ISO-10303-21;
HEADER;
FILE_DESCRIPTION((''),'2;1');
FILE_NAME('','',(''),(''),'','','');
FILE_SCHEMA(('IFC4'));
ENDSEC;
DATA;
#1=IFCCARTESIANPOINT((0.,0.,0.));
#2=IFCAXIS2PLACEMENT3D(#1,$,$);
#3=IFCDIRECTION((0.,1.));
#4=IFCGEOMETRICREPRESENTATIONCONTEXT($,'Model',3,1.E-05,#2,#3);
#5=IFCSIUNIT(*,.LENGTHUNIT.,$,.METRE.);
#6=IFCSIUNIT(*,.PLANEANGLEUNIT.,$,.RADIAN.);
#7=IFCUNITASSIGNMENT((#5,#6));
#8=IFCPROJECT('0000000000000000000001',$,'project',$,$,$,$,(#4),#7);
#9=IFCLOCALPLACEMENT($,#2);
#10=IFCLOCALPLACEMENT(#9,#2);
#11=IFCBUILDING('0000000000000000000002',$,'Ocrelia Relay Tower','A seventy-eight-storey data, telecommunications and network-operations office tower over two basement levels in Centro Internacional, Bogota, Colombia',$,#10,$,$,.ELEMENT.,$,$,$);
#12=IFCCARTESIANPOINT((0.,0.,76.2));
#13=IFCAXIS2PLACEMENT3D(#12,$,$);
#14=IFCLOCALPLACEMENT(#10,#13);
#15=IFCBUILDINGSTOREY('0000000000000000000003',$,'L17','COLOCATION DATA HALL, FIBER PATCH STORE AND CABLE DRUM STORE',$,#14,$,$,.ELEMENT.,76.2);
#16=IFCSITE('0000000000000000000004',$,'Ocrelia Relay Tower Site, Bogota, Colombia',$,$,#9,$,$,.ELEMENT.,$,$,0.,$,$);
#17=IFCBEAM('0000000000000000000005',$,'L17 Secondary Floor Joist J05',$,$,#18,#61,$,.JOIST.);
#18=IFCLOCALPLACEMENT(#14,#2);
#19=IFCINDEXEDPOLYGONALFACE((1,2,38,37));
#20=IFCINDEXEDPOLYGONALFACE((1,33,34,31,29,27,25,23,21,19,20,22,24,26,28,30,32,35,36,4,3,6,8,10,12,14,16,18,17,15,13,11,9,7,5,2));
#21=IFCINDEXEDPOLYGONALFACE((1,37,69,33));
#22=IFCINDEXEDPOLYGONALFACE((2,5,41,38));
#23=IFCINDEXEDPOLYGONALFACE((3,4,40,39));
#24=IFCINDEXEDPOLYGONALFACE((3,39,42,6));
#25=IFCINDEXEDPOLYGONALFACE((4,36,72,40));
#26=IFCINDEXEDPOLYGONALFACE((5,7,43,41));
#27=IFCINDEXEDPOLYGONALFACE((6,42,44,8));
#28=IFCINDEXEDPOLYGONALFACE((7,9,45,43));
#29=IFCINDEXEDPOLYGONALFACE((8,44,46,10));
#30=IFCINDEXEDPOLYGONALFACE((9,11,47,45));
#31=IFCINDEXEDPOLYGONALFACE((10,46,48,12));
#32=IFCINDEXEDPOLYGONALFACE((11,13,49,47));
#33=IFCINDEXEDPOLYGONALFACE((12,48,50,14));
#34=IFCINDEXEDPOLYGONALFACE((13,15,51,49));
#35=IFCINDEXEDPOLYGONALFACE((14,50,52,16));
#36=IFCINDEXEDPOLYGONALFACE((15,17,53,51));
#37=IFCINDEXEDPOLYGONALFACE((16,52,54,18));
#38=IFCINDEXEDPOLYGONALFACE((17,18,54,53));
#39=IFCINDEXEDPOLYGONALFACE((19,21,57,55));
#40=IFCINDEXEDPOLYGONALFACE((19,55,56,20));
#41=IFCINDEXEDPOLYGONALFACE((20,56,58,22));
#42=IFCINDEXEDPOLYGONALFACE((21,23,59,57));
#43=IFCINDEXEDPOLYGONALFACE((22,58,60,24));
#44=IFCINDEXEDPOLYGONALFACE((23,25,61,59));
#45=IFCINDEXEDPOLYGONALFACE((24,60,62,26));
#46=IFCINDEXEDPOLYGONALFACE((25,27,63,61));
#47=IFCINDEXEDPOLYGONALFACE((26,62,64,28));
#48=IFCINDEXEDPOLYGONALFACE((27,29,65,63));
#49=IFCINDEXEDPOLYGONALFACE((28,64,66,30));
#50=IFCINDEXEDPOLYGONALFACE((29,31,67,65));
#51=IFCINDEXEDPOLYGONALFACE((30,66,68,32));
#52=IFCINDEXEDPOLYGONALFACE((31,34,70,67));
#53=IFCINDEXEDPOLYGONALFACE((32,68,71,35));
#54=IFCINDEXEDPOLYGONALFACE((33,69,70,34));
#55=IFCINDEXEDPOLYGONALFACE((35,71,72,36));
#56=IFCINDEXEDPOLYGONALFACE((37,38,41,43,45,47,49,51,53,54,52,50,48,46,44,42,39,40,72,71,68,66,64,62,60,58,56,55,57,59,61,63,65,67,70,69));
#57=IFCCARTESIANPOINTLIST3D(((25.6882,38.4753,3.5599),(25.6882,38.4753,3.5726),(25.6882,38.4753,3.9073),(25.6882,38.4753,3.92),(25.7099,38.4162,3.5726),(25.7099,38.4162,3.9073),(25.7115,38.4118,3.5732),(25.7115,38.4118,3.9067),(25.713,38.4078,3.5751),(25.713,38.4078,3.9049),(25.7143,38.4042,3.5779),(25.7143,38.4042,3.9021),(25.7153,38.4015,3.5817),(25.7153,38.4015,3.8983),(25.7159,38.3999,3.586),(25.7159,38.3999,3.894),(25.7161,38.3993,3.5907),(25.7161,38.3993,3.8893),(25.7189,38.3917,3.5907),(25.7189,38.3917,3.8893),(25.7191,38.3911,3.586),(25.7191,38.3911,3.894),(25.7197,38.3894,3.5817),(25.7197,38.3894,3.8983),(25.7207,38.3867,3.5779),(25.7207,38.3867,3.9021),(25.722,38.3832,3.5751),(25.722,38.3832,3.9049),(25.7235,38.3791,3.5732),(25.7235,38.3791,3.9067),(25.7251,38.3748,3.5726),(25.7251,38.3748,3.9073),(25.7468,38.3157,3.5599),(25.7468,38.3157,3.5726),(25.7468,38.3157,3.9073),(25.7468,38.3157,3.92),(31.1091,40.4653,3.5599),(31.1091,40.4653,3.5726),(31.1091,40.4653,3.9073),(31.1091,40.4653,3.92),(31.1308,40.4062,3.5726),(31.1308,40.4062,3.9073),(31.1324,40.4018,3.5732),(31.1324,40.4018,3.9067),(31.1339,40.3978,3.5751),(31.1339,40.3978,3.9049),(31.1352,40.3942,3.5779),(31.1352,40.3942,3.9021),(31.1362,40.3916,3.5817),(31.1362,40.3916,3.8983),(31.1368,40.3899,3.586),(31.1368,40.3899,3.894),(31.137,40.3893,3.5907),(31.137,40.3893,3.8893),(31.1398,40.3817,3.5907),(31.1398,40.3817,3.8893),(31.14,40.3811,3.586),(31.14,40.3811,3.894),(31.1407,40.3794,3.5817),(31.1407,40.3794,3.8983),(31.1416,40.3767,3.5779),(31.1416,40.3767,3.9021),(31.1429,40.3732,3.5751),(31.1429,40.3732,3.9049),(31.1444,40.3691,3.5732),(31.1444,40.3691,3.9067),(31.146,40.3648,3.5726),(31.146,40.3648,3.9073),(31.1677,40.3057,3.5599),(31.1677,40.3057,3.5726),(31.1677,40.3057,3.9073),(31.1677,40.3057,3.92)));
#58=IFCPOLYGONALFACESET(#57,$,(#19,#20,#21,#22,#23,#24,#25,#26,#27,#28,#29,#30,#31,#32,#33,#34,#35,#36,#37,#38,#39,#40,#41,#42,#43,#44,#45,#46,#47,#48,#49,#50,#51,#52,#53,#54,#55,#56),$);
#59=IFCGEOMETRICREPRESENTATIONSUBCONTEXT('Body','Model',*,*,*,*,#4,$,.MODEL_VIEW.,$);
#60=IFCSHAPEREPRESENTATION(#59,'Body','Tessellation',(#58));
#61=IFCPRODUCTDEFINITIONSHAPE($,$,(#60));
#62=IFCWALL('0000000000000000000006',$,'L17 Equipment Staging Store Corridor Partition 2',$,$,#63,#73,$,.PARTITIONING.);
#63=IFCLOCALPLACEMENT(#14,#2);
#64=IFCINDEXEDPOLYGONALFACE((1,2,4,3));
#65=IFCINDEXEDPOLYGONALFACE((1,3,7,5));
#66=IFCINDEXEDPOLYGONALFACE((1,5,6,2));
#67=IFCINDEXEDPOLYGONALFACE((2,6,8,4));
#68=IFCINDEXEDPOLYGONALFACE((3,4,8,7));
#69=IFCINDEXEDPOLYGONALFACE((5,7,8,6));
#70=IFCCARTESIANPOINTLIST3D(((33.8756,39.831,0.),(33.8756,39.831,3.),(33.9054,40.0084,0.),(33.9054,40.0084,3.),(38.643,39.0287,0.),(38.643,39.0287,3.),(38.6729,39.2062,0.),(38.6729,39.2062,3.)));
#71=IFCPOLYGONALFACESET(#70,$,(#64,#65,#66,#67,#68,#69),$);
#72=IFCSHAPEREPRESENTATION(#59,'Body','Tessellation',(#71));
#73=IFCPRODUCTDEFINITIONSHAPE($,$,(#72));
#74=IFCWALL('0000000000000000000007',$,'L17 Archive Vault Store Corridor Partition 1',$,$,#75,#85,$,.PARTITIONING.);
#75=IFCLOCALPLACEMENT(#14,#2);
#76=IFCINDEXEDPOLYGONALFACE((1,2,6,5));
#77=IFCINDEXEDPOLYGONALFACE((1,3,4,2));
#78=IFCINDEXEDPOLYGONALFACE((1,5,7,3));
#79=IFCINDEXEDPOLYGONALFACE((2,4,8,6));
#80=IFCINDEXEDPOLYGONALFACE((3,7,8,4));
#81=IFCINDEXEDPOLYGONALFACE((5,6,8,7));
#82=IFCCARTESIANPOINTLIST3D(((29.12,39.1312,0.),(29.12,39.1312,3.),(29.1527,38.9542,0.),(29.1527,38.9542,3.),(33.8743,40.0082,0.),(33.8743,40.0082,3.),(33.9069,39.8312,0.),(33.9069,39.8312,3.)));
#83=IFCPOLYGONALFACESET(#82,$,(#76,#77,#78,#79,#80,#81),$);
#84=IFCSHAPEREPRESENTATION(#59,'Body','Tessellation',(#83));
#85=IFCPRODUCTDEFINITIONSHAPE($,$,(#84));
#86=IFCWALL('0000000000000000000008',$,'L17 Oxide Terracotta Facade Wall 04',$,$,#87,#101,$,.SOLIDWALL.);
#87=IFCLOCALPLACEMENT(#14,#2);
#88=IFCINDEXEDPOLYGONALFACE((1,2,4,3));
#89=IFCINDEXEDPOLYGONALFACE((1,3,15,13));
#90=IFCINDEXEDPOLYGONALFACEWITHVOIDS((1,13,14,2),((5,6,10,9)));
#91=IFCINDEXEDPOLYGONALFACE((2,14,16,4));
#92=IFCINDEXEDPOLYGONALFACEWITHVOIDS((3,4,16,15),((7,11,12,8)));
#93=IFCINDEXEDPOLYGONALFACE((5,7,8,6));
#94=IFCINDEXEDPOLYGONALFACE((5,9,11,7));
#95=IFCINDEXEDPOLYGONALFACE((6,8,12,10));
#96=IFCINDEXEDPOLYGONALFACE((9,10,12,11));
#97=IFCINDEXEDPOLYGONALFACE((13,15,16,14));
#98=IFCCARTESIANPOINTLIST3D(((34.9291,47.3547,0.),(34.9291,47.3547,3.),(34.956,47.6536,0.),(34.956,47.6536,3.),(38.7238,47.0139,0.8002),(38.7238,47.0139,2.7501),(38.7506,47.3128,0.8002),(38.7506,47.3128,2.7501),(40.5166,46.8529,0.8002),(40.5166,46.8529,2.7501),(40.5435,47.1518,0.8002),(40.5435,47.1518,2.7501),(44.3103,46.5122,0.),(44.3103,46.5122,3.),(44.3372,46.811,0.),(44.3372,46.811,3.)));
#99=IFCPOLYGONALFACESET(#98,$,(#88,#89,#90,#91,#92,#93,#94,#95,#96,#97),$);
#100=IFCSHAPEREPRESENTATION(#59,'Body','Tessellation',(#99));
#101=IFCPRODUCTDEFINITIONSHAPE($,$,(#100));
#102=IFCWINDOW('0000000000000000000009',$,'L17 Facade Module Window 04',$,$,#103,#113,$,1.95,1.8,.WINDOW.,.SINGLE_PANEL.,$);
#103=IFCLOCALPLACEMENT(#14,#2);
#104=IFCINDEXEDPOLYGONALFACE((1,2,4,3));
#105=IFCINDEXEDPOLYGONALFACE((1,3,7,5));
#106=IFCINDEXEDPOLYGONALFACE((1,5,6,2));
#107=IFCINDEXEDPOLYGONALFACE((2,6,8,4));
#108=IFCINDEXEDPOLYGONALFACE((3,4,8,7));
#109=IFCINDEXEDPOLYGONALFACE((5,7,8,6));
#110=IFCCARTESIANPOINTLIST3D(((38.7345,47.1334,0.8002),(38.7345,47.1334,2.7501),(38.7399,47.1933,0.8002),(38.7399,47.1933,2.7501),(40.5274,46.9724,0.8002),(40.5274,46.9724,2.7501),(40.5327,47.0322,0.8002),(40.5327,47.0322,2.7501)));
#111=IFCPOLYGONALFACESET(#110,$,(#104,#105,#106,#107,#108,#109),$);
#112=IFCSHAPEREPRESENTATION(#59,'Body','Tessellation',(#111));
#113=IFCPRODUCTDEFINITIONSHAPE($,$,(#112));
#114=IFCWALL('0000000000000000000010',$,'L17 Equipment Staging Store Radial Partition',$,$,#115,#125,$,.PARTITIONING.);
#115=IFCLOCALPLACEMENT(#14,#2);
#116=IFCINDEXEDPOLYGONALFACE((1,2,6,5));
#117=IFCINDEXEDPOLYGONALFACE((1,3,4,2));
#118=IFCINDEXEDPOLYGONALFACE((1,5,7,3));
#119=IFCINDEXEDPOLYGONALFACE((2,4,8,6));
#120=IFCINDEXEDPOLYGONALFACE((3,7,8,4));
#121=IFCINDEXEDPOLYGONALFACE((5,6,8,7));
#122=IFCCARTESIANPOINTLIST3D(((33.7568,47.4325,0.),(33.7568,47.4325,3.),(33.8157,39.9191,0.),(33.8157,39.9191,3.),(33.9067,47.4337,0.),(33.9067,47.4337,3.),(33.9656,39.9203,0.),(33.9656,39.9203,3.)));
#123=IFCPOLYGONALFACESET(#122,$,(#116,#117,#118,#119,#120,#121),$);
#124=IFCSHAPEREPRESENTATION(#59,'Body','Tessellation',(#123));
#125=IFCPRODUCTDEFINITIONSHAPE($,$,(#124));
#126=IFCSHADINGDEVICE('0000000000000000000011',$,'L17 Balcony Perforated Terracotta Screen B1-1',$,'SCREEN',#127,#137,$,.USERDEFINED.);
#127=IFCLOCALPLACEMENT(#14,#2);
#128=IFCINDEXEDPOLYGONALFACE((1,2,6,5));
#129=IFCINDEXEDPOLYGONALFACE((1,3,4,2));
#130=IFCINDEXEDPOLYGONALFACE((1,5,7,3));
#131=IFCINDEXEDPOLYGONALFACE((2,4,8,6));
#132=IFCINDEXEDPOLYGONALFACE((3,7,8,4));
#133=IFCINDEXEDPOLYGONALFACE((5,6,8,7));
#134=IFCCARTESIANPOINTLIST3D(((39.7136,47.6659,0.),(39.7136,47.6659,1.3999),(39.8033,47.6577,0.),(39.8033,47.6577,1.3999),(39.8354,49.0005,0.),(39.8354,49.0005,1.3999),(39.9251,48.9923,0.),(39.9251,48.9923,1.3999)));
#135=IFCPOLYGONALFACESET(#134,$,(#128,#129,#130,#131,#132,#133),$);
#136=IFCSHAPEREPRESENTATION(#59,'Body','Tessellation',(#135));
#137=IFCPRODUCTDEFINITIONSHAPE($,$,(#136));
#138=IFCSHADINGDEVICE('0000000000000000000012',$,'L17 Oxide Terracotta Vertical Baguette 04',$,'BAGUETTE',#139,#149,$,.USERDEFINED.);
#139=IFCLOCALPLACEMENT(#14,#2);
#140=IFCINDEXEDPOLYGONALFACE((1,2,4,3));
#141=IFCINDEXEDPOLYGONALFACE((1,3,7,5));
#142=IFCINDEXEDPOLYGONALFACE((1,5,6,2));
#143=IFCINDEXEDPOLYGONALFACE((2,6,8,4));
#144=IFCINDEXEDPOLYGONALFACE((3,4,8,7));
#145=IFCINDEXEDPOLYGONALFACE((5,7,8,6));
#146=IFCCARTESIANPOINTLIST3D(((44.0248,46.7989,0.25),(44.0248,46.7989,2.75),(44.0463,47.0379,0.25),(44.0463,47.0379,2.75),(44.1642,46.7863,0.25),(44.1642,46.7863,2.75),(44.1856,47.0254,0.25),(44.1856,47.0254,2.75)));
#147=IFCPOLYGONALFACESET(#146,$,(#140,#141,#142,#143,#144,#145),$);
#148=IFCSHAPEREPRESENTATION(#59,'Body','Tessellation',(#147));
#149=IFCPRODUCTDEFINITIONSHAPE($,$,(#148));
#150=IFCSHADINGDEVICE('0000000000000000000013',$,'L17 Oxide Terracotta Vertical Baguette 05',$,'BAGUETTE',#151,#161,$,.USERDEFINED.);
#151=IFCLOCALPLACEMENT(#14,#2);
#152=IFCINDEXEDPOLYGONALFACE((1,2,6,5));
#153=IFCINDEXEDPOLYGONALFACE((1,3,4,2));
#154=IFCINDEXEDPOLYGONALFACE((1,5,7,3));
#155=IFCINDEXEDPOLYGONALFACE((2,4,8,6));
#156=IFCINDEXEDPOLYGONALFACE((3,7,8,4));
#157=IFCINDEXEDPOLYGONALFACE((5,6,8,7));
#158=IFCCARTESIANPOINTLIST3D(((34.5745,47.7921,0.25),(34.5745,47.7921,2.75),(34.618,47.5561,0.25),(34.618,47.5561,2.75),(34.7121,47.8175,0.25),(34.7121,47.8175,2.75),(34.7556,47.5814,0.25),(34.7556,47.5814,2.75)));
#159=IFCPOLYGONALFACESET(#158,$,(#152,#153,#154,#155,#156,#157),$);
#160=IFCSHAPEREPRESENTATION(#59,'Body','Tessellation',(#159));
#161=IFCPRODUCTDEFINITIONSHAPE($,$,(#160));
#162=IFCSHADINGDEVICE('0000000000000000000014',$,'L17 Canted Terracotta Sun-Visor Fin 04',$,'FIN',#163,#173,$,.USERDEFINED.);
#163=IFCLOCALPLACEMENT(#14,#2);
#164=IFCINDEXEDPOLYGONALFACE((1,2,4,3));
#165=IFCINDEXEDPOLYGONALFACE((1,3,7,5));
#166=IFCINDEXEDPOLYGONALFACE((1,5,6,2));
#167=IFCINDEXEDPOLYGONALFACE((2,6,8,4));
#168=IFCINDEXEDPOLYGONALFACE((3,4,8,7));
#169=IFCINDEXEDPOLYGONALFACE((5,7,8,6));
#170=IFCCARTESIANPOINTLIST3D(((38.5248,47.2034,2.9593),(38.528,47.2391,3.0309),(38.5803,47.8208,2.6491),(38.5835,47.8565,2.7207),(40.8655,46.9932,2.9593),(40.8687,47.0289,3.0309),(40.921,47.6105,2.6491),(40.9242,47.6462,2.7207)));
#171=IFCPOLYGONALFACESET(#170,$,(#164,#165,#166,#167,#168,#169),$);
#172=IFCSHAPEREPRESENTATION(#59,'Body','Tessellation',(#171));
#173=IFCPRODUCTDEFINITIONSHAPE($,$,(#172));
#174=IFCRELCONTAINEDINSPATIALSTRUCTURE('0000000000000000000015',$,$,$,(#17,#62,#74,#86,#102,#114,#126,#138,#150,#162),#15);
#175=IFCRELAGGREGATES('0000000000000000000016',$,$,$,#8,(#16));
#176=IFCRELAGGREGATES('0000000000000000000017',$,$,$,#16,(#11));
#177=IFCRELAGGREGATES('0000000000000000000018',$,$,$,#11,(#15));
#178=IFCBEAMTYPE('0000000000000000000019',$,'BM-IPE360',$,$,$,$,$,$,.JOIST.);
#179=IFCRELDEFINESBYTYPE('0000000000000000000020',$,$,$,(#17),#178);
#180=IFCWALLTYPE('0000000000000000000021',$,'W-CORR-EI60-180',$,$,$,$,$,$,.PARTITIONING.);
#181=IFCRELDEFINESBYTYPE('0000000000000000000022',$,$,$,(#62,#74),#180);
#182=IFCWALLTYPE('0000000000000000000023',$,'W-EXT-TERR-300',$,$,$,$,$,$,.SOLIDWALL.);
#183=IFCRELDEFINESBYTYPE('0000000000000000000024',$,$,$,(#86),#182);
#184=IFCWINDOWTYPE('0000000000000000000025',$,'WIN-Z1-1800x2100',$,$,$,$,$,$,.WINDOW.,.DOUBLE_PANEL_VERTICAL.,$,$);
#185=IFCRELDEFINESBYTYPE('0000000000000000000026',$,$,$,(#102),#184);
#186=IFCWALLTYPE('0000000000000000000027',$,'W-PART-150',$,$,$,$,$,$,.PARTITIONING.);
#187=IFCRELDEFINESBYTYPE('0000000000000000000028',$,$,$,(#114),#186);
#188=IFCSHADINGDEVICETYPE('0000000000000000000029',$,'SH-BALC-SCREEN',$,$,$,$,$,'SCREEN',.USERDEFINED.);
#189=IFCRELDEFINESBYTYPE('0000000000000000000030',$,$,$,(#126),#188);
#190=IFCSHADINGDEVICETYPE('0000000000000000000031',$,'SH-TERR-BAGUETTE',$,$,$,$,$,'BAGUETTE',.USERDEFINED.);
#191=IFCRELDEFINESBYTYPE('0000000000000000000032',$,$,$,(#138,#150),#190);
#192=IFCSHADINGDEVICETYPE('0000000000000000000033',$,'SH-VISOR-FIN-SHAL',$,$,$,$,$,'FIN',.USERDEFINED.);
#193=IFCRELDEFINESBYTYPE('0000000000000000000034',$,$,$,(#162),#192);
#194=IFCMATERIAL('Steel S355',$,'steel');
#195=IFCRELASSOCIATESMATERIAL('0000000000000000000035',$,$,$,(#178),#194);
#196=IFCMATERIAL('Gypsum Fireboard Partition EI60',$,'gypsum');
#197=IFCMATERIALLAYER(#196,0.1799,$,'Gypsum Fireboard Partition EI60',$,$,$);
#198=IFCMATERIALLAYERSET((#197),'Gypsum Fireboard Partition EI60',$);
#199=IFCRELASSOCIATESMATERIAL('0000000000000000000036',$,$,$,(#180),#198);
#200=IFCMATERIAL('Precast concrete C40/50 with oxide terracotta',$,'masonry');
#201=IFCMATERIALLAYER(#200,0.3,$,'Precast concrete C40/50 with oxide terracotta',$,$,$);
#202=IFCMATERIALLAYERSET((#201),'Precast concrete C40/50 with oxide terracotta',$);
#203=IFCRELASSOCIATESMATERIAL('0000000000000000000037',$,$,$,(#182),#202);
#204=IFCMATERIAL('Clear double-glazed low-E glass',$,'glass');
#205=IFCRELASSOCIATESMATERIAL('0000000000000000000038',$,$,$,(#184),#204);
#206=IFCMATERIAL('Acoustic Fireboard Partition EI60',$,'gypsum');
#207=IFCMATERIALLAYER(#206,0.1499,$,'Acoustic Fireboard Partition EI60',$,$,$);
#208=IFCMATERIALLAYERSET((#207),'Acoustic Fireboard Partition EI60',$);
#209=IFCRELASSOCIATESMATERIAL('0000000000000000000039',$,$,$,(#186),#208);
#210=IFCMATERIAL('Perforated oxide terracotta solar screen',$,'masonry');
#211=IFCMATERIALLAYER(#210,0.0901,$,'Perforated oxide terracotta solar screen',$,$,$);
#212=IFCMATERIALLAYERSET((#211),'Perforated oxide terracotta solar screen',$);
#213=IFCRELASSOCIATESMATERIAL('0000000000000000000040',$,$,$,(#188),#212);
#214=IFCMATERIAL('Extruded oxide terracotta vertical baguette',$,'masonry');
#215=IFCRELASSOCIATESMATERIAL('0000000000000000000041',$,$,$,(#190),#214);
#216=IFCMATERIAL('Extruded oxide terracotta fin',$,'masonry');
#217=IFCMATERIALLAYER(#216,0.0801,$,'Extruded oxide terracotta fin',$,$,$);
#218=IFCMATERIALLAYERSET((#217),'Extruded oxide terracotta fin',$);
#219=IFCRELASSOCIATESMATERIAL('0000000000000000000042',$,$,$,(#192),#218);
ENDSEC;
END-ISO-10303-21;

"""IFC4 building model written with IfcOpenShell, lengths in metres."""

from ifc_helpers import new_model, si_unit, direction, frame, frame_2d, origin, origin_2d, place, context, subcontext, project, spatial, rectangle, i_section, extrude, material, layer, layer_set, material_profile, profile_set, type_object, element, fill, save


model = new_model("IFC4")

# Units and contexts
model_context = context("Model", 3, precision=1e-05, world=origin(), true_north=direction((0.0, 1.0)))
body_context = subcontext(model_context, "Body", "Model", "MODEL_VIEW")
ifc_project = project(units=[si_unit("LENGTHUNIT", "METRE"), si_unit("PLANEANGLEUNIT", "RADIAN")], contexts=[model_context])

# Site, building, storey
site_placement = place(None, origin())
site = spatial("IfcSite", under=ifc_project, at=site_placement, Name="Ocrelia Relay Tower Site, Bogota, Colombia", CompositionType="ELEMENT", RefElevation=0.0)
building_placement = place(site_placement, origin())
building = spatial("IfcBuilding", under=site, at=building_placement, Name="Ocrelia Relay Tower", Description="A seventy-eight-storey data, telecommunications and network-operations office tower over two basement levels in Centro Internacional, Bogota, Colombia", CompositionType="ELEMENT")
storey_placement = place(building_placement, frame((0.0, 0.0, 76.2)))
storey = spatial("IfcBuildingStorey", under=building, at=storey_placement, Name="L17", Description="COLOCATION DATA HALL, FIBER PATCH STORE AND CABLE DRUM STORE", CompositionType="ELEMENT", Elevation=76.2)

# Beam
ifc_material_1 = material(Name="Steel S355", Category="steel")
ifc_material_profile_1 = material_profile(ifc_material_1, i_section(OverallWidth=0.1699, OverallDepth=0.3601, WebThickness=0.0081, FlangeThickness=0.0127, FilletRadius=0.0181, at=origin_2d()), Name="IPE 360")
ifc_profile_set_1 = profile_set([ifc_material_profile_1], Name="Steel S355")
beam_type_1 = type_object("IfcBeamType", Name="BM-IPE360", PredefinedType="JOIST", material=ifc_profile_set_1)
beam_1_placement = place(storey_placement, frame((31.1384, 40.3855, 3.74), z_axis=(-0.938746, -0.34461, 0.0), x_axis=(0.34461, -0.938746, 0.0)))
element("IfcBeam", 1, at=beam_1_placement, inside=storey, type_object=beam_type_1, Name="L17 Secondary Floor Joist J05", PredefinedType="JOIST", context=body_context, shape_type="SweptSolid", body=[
    extrude(i_section(OverallWidth=0.1699, OverallDepth=0.3601, WebThickness=0.0081, FlangeThickness=0.0127, FilletRadius=0.0181, at=origin_2d()), origin(), (0.0, 0.0, 1.0), 5.7747),
])

# Walls
ifc_material_2 = material(Name="Gypsum Fireboard Partition EI60", Category="gypsum")
ifc_layer_1 = layer(ifc_material_2, 0.1799, Name="Gypsum Fireboard Partition EI60")
ifc_layer_set_1 = layer_set([ifc_layer_1], Name="Gypsum Fireboard Partition EI60")
wall_type_1 = type_object("IfcWallType", Name="W-CORR-EI60-180", PredefinedType="PARTITIONING", material=ifc_layer_set_1)
for number, where, z_axis, x_axis, name in (
    (2, (38.658, 39.1174, 0.0), (0.0, 0.0, 1.0), (-0.986135, 0.165947, 0.0), "L17 Equipment Staging Store Corridor Partition 2"),
    (3, (33.8906, 39.9197, 0.0), (0.0, 0.0, 1.0), (-0.983409, -0.1814, 0.0), "L17 Archive Vault Store Corridor Partition 1"),
):
    element("IfcWall", number, at=place(storey_placement, frame(where, z_axis=z_axis, x_axis=x_axis)), inside=storey, type_object=wall_type_1, Name=name, PredefinedType="PARTITIONING", context=body_context, shape_type="SweptSolid", body=[
        extrude(rectangle(XDim=4.8345, YDim=0.1799, at=frame_2d((2.4172, 0.0))), origin(), (0.0, 0.0, 1.0), 3.0),
    ])

# Wall, opening, window
ifc_material_3 = material(Name="Precast concrete C40/50 with oxide terracotta", Category="masonry")
ifc_layer_2 = layer(ifc_material_3, 0.3, Name="Precast concrete C40/50 with oxide terracotta")
ifc_layer_set_2 = layer_set([ifc_layer_2], Name="Precast concrete C40/50 with oxide terracotta")
wall_type_2 = type_object("IfcWallType", Name="W-EXT-TERR-300", PredefinedType="SOLIDWALL", material=ifc_layer_set_2)
wall_1_placement = place(storey_placement, frame((44.3237, 46.6616, 0.0), z_axis=(0.0, 0.0, 1.0), x_axis=(-0.995991, 0.089451, 0.0)))
wall_1 = element("IfcWall", 4, at=wall_1_placement, inside=storey, type_object=wall_type_2, Name="L17 Oxide Terracotta Facade Wall 04", PredefinedType="SOLIDWALL", context=body_context, shape_type="SweptSolid", body=[
    extrude(rectangle(XDim=9.4189, YDim=0.3, at=frame_2d((4.7095, 0.0))), origin(), (0.0, 0.0, 1.0), 3.0),
])
opening_1_placement = place(wall_1_placement, frame((3.8091, 0.0, 0.8)))
opening_1 = element("IfcOpeningElement", 5, at=opening_1_placement, cuts=wall_1, PredefinedType="OPENING", context=body_context, shape_type="SweptSolid", body=[
    extrude(rectangle(XDim=1.8, YDim=1.95, at=frame_2d((0.8999, 0.9751))), frame((0.0, 0.1602, 0.0), z_axis=(0.0, -1.0, 0.0), x_axis=(1.0, 0.0, 0.0)), (0.0, 0.0, 1.0), 0.3201),
])
ifc_material_4 = material(Name="Clear double-glazed low-E glass", Category="glass")
window_type = type_object("IfcWindowType", Name="WIN-Z1-1800x2100", PartitioningType="DOUBLE_PANEL_VERTICAL", PredefinedType="WINDOW", material=ifc_material_4)
window_placement = place(opening_1_placement, origin())
window = element("IfcWindow", 6, at=window_placement, inside=storey, type_object=window_type, Name="L17 Facade Module Window 04", OverallHeight=1.95, OverallWidth=1.8, PartitioningType="SINGLE_PANEL", PredefinedType="WINDOW", context=body_context, shape_type="SweptSolid", body=[
    extrude(rectangle(XDim=1.8, YDim=1.95, at=frame_2d((0.8999, 0.9751))), frame((0.0, 0.03, 0.0), z_axis=(0.0, -1.0, 0.0), x_axis=(1.0, 0.0, 0.0)), (0.0, 0.0, 1.0), 0.0601),
])
fill(opening_1, window)

# Wall
ifc_material_5 = material(Name="Acoustic Fireboard Partition EI60", Category="gypsum")
ifc_layer_3 = layer(ifc_material_5, 0.1499, Name="Acoustic Fireboard Partition EI60")
ifc_layer_set_3 = layer_set([ifc_layer_3], Name="Acoustic Fireboard Partition EI60")
wall_type_3 = type_object("IfcWallType", Name="W-PART-150", PredefinedType="PARTITIONING", material=ifc_layer_set_3)
wall_2_placement = place(storey_placement, frame((33.8906, 39.9197, 0.0), z_axis=(0.0, 0.0, 1.0), x_axis=(-0.007831, 0.999969, 0.0)))
element("IfcWall", 7, at=wall_2_placement, inside=storey, type_object=wall_type_3, Name="L17 Equipment Staging Store Radial Partition", PredefinedType="PARTITIONING", context=body_context, shape_type="SweptSolid", body=[
    extrude(rectangle(XDim=7.5137, YDim=0.1499, at=frame_2d((3.7568, 0.0))), origin(), (0.0, 0.0, 1.0), 3.0),
])

# Shading devices
ifc_material_6 = material(Name="Perforated oxide terracotta solar screen", Category="masonry")
ifc_layer_4 = layer(ifc_material_6, 0.0901, Name="Perforated oxide terracotta solar screen")
ifc_layer_set_4 = layer_set([ifc_layer_4], Name="Perforated oxide terracotta solar screen")
shading_device_type_1 = type_object("IfcShadingDeviceType", Name="SH-BALC-SCREEN", ElementType="SCREEN", PredefinedType="USERDEFINED", material=ifc_layer_set_4)
shading_device_1_placement = place(storey_placement, frame((39.8193, 48.3291, 0.0), z_axis=(0.0, 0.0, 1.0), x_axis=(0.09093, 0.995857, 0.0)))
element("IfcShadingDevice", 8, at=shading_device_1_placement, inside=storey, type_object=shading_device_type_1, Name="L17 Balcony Perforated Terracotta Screen B1-1", ObjectType="SCREEN", PredefinedType="USERDEFINED", context=body_context, shape_type="SweptSolid", body=[
    extrude(rectangle(XDim=1.3401, YDim=0.0901, at=origin_2d()), origin(), (0.0, 0.0, 1.0), 1.3999),
])
ifc_material_7 = material(Name="Extruded oxide terracotta vertical baguette", Category="masonry")
shading_device_type_2 = type_object("IfcShadingDeviceType", Name="SH-TERR-BAGUETTE", ElementType="BAGUETTE", PredefinedType="USERDEFINED", material=ifc_material_7)
for number, where, z_axis, x_axis, name in (
    (9, (44.1052, 46.9121, 0.25), (0.0, 0.0, 1.0), (-0.99599, 0.08946, 0.0), "L17 Oxide Terracotta Vertical Baguette 04"),
    (10, (34.665, 47.6868, 0.25), (0.0, 0.0, 1.0), (-0.983413, -0.18138, 0.0), "L17 Oxide Terracotta Vertical Baguette 05"),
):
    element("IfcShadingDevice", number, at=place(storey_placement, frame(where, z_axis=z_axis, x_axis=x_axis)), inside=storey, type_object=shading_device_type_2, Name=name, ObjectType="BAGUETTE", PredefinedType="USERDEFINED", context=body_context, shape_type="SweptSolid", body=[
        extrude(rectangle(XDim=0.1399, YDim=0.24, at=origin_2d()), origin(), (0.0, 0.0, 1.0), 2.5),
    ])
ifc_material_8 = material(Name="Extruded oxide terracotta fin", Category="masonry")
ifc_layer_5 = layer(ifc_material_8, 0.0801, Name="Extruded oxide terracotta fin")
ifc_layer_set_5 = layer_set([ifc_layer_5], Name="Extruded oxide terracotta fin")
shading_device_type_3 = type_object("IfcShadingDeviceType", Name="SH-VISOR-FIN-SHAL", ElementType="FIN", PredefinedType="USERDEFINED", material=ifc_layer_set_5)
shading_device_2_placement = place(storey_placement, frame((39.7229, 47.407, 2.8042), z_axis=(0.040042, 0.445808, 0.894232), x_axis=(-0.99599, 0.08946, 0.0)))
element("IfcShadingDevice", 11, at=shading_device_2_placement, inside=storey, type_object=shading_device_type_3, Name="L17 Canted Terracotta Sun-Visor Fin 04", ObjectType="FIN", PredefinedType="USERDEFINED", context=body_context, shape_type="SweptSolid", body=[
    extrude(rectangle(XDim=2.3501, YDim=0.6931, at=origin_2d()), origin(), (0.0, 0.0, 1.0), 0.0801),
])

save(model, "model.ifc")
